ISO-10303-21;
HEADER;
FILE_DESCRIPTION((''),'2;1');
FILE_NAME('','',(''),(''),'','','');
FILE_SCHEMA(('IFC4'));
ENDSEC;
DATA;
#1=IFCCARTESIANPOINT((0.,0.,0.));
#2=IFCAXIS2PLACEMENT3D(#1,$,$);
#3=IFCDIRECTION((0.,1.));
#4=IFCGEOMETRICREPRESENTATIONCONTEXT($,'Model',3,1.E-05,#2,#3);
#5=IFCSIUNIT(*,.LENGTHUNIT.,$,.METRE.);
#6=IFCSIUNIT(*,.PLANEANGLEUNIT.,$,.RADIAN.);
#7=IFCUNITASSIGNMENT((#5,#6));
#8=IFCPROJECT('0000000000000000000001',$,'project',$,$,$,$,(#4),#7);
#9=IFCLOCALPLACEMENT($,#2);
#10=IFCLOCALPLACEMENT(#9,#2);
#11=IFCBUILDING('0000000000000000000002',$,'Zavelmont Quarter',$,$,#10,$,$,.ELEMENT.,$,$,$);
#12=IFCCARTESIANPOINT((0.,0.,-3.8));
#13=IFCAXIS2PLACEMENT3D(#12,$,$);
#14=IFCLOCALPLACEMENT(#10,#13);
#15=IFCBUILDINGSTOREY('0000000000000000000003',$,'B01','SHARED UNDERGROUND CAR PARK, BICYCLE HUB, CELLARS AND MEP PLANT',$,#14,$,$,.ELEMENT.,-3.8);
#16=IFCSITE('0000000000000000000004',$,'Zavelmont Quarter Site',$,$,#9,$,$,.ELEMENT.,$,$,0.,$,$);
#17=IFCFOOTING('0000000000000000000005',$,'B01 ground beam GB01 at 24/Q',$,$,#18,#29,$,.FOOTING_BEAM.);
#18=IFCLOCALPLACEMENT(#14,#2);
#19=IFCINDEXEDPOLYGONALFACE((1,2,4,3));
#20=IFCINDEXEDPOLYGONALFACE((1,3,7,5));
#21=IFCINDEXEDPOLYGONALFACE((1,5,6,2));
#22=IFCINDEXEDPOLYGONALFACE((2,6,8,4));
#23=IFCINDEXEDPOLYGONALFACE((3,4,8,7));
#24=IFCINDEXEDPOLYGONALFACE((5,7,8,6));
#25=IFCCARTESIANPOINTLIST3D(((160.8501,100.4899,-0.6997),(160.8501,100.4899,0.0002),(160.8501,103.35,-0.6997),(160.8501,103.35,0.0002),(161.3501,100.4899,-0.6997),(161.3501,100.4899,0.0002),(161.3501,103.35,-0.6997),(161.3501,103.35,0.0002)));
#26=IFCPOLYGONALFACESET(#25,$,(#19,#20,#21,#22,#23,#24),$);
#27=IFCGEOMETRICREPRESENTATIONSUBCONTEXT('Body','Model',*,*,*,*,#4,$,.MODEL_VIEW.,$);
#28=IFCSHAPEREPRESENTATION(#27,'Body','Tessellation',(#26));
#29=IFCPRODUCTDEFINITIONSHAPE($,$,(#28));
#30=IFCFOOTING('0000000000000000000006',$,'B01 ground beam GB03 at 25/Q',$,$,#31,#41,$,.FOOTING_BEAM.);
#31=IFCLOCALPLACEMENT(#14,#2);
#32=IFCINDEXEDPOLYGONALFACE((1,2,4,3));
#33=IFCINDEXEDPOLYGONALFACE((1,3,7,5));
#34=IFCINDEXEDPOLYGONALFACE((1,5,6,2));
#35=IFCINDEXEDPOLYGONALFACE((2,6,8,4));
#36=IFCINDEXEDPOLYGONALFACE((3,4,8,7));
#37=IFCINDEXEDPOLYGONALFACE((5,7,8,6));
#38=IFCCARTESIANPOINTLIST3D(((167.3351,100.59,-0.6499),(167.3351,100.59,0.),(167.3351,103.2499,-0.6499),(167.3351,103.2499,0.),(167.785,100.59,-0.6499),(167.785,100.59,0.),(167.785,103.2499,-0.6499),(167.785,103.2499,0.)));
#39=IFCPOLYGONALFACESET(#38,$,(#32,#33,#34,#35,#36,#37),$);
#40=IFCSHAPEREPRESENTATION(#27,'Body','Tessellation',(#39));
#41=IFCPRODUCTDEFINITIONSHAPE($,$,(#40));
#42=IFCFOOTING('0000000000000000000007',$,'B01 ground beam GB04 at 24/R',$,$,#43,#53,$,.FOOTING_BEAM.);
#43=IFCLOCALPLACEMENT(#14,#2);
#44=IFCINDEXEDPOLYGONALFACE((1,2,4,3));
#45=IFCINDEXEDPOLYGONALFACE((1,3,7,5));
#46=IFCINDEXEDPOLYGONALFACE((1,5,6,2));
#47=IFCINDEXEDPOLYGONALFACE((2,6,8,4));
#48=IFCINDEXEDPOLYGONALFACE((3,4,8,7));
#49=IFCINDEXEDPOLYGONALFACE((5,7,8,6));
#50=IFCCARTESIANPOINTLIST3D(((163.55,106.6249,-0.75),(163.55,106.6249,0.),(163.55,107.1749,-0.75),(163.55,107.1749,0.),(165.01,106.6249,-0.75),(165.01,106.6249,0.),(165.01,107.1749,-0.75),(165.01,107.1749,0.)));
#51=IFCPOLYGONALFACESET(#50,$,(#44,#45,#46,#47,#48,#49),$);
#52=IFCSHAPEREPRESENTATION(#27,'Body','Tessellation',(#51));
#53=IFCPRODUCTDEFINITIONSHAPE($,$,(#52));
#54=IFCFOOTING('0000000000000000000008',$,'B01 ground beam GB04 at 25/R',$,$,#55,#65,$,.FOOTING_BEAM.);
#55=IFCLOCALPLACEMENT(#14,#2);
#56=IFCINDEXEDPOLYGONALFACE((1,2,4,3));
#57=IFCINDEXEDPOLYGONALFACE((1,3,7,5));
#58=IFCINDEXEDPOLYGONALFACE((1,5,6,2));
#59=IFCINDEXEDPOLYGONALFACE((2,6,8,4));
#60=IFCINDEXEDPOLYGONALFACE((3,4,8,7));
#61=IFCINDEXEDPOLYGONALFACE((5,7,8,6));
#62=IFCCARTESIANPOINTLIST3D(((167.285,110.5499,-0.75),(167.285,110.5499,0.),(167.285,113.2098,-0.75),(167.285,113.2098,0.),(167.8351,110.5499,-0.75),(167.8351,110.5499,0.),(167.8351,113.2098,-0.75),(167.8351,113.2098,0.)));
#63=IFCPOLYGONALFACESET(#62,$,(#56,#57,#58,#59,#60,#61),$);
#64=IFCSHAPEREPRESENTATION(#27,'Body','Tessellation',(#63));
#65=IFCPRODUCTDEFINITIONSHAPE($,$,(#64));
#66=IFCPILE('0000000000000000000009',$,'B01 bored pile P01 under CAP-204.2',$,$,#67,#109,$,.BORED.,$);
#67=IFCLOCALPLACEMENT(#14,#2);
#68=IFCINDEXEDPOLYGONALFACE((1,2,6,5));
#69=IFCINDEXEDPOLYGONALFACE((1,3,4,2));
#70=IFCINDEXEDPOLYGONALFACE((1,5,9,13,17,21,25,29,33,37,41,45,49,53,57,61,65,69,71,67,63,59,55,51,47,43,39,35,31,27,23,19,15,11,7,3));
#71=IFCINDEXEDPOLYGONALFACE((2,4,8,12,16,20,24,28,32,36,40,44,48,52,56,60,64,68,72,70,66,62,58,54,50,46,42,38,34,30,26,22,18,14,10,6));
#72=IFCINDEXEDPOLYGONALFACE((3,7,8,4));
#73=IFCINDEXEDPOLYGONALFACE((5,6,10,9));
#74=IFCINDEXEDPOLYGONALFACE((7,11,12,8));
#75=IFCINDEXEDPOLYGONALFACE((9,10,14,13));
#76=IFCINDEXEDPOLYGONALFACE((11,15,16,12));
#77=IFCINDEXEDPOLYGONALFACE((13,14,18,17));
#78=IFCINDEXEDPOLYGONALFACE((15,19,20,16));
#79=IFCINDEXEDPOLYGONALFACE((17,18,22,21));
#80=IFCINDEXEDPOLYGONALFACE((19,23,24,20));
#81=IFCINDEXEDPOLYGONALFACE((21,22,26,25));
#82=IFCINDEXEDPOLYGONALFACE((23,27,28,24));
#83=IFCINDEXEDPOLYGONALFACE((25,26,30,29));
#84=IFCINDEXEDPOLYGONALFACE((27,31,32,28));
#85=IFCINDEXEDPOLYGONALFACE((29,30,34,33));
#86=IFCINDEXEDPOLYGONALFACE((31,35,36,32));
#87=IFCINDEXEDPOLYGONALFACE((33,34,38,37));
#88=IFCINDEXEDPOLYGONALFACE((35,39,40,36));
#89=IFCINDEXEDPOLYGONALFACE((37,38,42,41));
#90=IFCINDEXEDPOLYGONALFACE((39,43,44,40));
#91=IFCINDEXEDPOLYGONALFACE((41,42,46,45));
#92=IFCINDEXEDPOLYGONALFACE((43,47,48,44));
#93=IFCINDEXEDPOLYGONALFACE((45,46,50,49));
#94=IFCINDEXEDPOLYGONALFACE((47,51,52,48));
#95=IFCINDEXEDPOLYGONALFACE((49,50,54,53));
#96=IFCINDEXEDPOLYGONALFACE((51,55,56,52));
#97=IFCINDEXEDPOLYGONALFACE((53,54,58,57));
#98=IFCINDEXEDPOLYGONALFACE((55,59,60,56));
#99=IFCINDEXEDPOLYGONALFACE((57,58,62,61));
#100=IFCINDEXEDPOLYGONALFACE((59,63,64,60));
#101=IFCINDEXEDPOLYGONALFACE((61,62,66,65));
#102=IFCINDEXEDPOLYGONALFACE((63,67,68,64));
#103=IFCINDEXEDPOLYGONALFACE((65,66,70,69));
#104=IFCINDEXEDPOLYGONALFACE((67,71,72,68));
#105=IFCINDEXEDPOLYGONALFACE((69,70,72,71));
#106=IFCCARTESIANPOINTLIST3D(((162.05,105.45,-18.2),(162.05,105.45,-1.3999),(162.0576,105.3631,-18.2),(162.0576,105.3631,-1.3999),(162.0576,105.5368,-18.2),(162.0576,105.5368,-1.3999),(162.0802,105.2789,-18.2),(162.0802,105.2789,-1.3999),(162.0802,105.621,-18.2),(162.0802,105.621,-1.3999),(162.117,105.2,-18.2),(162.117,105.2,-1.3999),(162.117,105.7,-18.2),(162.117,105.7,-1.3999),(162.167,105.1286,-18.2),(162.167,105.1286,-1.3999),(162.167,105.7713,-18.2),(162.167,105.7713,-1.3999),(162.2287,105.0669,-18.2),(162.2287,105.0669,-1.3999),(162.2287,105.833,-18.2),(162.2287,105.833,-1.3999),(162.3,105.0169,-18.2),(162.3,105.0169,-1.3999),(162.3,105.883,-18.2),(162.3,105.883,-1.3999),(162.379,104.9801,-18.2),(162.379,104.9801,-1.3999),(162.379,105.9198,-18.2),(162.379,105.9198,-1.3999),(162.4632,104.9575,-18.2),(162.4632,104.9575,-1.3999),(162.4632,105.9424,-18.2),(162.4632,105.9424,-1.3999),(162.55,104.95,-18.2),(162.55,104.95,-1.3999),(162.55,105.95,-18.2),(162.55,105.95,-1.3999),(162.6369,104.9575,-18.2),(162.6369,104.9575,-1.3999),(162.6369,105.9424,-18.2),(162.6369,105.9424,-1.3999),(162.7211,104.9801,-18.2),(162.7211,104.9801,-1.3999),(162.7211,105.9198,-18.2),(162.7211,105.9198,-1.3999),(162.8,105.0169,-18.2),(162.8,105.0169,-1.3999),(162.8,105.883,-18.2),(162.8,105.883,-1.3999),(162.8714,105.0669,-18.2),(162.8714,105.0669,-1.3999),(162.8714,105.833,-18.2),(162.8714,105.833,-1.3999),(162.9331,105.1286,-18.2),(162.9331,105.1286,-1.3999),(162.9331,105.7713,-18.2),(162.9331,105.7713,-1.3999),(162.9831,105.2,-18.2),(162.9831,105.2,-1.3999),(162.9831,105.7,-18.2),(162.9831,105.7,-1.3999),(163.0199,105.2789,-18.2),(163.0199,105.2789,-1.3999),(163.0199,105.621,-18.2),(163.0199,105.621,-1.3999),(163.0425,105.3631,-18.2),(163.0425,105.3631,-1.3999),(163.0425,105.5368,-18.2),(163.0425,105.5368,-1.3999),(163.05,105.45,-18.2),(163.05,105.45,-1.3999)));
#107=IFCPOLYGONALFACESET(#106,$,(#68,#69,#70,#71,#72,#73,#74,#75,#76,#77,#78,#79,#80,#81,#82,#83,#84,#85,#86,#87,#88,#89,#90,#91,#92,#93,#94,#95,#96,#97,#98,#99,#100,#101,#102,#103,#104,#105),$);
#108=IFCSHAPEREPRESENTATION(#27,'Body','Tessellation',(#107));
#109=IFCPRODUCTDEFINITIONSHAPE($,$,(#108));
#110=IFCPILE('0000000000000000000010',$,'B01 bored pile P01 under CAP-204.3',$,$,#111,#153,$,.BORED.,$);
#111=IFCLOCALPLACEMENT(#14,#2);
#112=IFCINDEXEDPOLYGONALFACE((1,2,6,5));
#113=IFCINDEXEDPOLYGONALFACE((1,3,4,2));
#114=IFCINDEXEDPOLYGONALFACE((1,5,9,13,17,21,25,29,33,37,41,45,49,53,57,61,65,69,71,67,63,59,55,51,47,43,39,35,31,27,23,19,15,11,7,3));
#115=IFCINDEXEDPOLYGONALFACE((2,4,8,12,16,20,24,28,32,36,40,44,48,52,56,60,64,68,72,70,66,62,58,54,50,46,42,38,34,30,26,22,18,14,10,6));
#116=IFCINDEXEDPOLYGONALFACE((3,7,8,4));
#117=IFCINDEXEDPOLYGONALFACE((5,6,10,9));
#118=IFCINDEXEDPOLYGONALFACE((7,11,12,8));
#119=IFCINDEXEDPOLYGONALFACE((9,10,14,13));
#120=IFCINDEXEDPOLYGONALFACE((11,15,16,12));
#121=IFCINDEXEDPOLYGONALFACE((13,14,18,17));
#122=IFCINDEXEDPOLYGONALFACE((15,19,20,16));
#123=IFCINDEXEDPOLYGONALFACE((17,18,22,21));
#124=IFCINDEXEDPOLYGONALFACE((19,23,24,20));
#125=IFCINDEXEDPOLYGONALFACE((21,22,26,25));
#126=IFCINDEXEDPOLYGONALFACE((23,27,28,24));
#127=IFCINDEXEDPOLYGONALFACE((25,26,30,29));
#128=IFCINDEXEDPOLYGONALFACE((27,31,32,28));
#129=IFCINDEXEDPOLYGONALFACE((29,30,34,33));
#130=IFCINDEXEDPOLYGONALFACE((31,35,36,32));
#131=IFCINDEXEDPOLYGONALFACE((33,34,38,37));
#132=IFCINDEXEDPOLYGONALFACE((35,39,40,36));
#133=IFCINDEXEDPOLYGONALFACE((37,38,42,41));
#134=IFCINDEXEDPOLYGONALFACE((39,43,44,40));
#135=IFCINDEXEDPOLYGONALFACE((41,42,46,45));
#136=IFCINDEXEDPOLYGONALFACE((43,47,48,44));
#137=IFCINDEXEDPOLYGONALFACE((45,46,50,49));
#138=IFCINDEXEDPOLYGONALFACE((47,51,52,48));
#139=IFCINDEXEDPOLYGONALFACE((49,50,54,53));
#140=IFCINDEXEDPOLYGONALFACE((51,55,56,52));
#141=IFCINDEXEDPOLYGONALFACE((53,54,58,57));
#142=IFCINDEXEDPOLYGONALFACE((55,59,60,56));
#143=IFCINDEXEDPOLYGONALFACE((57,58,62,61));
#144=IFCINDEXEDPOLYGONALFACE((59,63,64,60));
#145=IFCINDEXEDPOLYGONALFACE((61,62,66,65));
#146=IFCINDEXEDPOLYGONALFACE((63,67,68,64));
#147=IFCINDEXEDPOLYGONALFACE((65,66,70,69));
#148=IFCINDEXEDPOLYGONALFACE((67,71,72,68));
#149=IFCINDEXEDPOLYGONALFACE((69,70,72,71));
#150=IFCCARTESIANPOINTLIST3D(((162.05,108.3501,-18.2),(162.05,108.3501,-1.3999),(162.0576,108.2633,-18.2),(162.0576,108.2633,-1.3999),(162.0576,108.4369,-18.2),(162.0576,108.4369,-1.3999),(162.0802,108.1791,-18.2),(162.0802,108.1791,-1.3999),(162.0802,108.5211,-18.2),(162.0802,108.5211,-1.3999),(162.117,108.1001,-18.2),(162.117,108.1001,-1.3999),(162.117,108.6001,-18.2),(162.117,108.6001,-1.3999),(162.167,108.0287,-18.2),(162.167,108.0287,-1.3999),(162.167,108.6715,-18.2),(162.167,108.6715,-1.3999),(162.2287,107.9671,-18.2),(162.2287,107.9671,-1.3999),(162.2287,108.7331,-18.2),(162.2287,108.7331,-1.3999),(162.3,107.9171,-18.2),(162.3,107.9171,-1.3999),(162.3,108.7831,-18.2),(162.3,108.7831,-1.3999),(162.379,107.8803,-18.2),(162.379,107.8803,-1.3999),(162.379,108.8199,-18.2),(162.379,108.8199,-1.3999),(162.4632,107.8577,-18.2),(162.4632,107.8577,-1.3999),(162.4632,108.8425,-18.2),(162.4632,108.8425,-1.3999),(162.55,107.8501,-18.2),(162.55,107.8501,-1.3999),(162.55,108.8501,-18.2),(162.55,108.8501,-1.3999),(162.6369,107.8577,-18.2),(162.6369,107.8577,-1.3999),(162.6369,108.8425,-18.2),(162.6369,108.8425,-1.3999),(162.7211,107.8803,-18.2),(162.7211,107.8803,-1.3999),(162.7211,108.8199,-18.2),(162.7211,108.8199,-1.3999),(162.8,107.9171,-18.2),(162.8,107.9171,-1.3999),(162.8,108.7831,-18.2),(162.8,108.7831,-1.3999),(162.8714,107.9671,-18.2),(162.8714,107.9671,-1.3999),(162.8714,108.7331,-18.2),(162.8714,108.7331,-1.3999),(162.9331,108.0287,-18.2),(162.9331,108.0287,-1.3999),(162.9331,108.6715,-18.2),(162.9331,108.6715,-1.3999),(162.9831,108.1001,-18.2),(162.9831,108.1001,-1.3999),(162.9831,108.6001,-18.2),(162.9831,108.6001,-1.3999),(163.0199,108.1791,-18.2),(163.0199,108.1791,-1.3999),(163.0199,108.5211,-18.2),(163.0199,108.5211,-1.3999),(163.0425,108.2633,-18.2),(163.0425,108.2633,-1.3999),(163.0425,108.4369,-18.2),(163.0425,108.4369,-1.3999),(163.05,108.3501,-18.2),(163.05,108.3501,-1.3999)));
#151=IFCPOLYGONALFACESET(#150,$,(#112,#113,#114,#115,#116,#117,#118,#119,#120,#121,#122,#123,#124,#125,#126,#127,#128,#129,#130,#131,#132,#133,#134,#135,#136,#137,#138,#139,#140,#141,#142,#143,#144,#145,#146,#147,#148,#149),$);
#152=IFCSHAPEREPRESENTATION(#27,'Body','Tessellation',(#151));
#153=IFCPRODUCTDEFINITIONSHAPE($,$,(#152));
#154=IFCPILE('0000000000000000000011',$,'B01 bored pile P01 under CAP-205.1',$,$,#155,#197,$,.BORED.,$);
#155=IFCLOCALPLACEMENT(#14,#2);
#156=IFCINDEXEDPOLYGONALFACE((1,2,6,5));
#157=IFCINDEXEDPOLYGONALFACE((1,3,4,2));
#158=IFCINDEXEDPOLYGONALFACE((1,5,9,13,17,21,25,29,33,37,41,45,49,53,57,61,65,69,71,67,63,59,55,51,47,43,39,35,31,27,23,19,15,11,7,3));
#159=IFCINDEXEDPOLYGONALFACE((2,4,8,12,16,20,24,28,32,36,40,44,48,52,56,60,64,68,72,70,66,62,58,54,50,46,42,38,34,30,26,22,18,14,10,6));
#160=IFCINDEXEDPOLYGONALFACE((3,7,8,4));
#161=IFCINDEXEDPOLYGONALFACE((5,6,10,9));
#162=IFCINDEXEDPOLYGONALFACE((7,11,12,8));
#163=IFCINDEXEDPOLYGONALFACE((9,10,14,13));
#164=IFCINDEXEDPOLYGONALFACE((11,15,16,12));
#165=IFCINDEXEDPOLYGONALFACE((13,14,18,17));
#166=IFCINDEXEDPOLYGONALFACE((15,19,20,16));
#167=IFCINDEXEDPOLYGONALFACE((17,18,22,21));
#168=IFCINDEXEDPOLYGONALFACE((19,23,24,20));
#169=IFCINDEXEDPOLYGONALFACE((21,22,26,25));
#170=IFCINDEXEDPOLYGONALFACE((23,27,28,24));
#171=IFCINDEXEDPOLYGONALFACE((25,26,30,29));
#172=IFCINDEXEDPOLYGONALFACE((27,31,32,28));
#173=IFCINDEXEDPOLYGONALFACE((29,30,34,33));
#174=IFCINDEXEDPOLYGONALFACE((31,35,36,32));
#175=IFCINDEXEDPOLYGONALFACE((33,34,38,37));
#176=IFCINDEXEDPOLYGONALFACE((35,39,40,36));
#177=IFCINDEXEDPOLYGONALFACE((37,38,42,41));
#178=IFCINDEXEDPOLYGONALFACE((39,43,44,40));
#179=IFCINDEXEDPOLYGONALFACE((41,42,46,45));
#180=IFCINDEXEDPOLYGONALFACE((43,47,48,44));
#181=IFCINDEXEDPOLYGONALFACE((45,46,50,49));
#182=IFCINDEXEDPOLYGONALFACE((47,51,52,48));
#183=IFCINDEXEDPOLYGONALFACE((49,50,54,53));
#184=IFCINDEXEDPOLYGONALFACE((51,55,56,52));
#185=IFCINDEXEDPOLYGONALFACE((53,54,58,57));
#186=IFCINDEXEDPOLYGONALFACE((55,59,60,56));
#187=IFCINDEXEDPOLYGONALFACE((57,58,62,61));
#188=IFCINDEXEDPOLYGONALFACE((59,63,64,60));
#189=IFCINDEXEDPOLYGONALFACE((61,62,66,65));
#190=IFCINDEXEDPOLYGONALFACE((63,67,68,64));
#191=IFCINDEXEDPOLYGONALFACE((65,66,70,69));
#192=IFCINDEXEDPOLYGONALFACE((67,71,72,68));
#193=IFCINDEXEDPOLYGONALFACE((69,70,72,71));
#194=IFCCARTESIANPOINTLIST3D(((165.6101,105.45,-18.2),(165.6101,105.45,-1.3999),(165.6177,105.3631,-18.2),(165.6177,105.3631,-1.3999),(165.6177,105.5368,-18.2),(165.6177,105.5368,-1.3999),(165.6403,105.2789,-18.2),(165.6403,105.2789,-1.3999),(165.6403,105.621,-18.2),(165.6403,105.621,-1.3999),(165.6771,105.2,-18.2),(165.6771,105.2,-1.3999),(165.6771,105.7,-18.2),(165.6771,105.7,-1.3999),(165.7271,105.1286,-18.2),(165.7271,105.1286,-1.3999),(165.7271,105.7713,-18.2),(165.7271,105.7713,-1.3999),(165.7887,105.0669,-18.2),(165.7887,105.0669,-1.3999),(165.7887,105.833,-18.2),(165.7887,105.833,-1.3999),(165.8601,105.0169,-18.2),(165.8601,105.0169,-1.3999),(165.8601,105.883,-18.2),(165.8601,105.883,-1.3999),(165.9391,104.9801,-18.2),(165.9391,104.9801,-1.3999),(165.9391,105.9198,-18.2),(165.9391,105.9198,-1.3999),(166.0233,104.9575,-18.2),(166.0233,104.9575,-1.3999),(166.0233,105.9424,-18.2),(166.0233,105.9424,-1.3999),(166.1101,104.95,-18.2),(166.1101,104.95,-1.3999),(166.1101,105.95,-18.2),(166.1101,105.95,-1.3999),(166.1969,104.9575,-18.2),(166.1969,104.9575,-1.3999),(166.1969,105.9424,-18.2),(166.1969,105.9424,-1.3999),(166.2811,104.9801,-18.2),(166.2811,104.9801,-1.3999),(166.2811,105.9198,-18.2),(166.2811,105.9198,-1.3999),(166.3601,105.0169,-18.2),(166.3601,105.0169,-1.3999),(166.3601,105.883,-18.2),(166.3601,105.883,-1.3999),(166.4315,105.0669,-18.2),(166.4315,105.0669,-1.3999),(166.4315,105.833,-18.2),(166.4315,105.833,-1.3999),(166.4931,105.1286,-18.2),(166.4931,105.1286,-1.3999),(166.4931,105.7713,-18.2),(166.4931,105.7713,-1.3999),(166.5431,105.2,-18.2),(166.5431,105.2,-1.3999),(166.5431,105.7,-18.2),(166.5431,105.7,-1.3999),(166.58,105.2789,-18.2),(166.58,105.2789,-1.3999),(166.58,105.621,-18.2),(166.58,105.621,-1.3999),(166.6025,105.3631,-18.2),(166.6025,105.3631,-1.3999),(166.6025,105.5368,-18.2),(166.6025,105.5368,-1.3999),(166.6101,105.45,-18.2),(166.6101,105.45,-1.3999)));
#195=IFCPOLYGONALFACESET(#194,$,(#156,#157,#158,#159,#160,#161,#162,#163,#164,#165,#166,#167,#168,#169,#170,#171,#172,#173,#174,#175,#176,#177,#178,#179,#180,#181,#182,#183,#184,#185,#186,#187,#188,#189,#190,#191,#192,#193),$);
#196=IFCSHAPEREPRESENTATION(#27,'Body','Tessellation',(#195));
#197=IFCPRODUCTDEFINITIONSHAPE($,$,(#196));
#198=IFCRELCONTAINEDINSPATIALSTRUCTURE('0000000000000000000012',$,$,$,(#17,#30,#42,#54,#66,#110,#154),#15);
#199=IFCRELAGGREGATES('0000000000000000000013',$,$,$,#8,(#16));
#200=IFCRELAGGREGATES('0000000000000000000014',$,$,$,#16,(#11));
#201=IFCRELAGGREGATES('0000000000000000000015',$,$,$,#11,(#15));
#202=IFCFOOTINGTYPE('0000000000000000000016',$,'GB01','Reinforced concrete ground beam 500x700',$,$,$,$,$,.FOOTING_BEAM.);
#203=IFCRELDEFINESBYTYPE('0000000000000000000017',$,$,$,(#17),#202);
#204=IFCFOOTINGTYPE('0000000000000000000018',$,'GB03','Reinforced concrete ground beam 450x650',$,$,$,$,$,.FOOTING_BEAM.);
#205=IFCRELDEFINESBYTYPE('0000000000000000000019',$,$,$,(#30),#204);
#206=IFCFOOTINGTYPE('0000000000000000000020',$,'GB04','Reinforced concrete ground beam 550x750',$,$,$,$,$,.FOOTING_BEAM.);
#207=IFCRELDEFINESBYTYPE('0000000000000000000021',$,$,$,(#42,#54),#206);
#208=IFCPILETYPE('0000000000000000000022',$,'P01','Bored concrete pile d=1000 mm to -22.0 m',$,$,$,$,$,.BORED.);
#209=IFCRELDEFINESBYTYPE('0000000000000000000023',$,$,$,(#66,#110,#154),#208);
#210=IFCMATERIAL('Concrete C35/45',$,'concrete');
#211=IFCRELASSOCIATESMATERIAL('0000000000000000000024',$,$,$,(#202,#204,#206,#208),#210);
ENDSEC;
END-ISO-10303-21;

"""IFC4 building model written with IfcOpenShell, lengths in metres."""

from ifc_helpers import new_model, si_unit, direction, frame, origin, origin_2d, place, context, subcontext, project, spatial, rectangle, circle, extrude, material, material_profile, profile_set, type_object, element, save


model = new_model("IFC4")

# Units and contexts
model_context = context("Model", 3, precision=1e-05, world=origin(), true_north=direction((0.0, 1.0)))
body_context = subcontext(model_context, "Body", "Model", "MODEL_VIEW")
ifc_project = project(units=[si_unit("LENGTHUNIT", "METRE"), si_unit("PLANEANGLEUNIT", "RADIAN")], contexts=[model_context])

# Site, building, storey
site_placement = place(None, origin())
site = spatial("IfcSite", under=ifc_project, at=site_placement, Name="Zavelmont Quarter Site", CompositionType="ELEMENT", RefElevation=0.0)
building_placement = place(site_placement, origin())
building = spatial("IfcBuilding", under=site, at=building_placement, Name="Zavelmont Quarter", CompositionType="ELEMENT")
storey_placement = place(building_placement, frame((0.0, 0.0, -3.8)))
storey = spatial("IfcBuildingStorey", under=building, at=storey_placement, Name="B01", Description="SHARED UNDERGROUND CAR PARK, BICYCLE HUB, CELLARS AND MEP PLANT", CompositionType="ELEMENT", Elevation=-3.8)

# Footings
ifc_material_1 = material(Name="Concrete C35/45", Category="concrete")
footing_type_1 = type_object("IfcFootingType", Name="GB01", Description="Reinforced concrete ground beam 500x700", PredefinedType="FOOTING_BEAM", material=ifc_material_1)
footing_1_placement = place(storey_placement, frame((161.1001, 101.9199, -0.6997), z_axis=(0.0, 0.0, 1.0), x_axis=(0.0, 1.0, 0.0)))
element("IfcFooting", 1, at=footing_1_placement, inside=storey, type_object=footing_type_1, Name="B01 ground beam GB01 at 24/Q", PredefinedType="FOOTING_BEAM", context=body_context, shape_type="SweptSolid", body=[
    extrude(rectangle(XDim=2.8601, YDim=0.5, at=origin_2d()), origin(), (0.0, 0.0, 1.0), 0.7),
])
footing_type_2 = type_object("IfcFootingType", Name="GB03", Description="Reinforced concrete ground beam 450x650", PredefinedType="FOOTING_BEAM", material=ifc_material_1)
footing_2_placement = place(storey_placement, frame((167.5601, 101.9199, -0.6499), z_axis=(0.0, 0.0, 1.0), x_axis=(0.0, 1.0, 0.0)))
element("IfcFooting", 2, at=footing_2_placement, inside=storey, type_object=footing_type_2, Name="B01 ground beam GB03 at 25/Q", PredefinedType="FOOTING_BEAM", context=body_context, shape_type="SweptSolid", body=[
    extrude(rectangle(XDim=2.6599, YDim=0.45, at=origin_2d()), origin(), (0.0, 0.0, 1.0), 0.6499),
])
footing_type_3 = type_object("IfcFootingType", Name="GB04", Description="Reinforced concrete ground beam 550x750", PredefinedType="FOOTING_BEAM", material=ifc_material_1)
footing_3_placement = place(storey_placement, frame((164.28, 106.8999, -0.75), z_axis=(0.0, 0.0, 1.0), x_axis=(1.0, 0.0, 0.0)))
element("IfcFooting", 3, at=footing_3_placement, inside=storey, type_object=footing_type_3, Name="B01 ground beam GB04 at 24/R", PredefinedType="FOOTING_BEAM", context=body_context, shape_type="SweptSolid", body=[
    extrude(rectangle(XDim=1.46, YDim=0.55, at=origin_2d()), origin(), (0.0, 0.0, 1.0), 0.75),
])
footing_4_placement = place(storey_placement, frame((167.5601, 111.8799, -0.75), z_axis=(0.0, 0.0, 1.0), x_axis=(0.0, 1.0, 0.0)))
element("IfcFooting", 4, at=footing_4_placement, inside=storey, type_object=footing_type_3, Name="B01 ground beam GB04 at 25/R", PredefinedType="FOOTING_BEAM", context=body_context, shape_type="SweptSolid", body=[
    extrude(rectangle(XDim=2.6599, YDim=0.55, at=origin_2d()), origin(), (0.0, 0.0, 1.0), 0.75),
])

# Piles
ifc_material_profile_1 = material_profile(ifc_material_1, circle(Radius=0.5, at=origin_2d()), Name="BP1000")
ifc_profile_set_1 = profile_set([ifc_material_profile_1], Name="Concrete C35/45")
pile_type_1 = type_object("IfcPileType", Name="P01", Description="Bored concrete pile d=1000 mm to -22.0 m", PredefinedType="BORED", material=ifc_profile_set_1)
for number, where, z_axis, x_axis, name in (
    (5, (162.55, 105.45, -1.3999), (0.0, 0.0, -1.0), (1.0, 0.0, 0.0), "B01 bored pile P01 under CAP-204.2"),
    (6, (162.55, 108.3501, -1.3999), (0.0, 0.0, -1.0), (1.0, 0.0, 0.0), "B01 bored pile P01 under CAP-204.3"),
    (7, (166.1101, 105.45, -1.3999), (0.0, 0.0, -1.0), (1.0, 0.0, 0.0), "B01 bored pile P01 under CAP-205.1"),
):
    element("IfcPile", number, at=place(storey_placement, frame(where, z_axis=z_axis, x_axis=x_axis)), inside=storey, type_object=pile_type_1, Name=name, PredefinedType="BORED", context=body_context, shape_type="SweptSolid", body=[
        extrude(circle(Radius=0.5, at=origin_2d()), origin(), (0.0, 0.0, 1.0), 16.8),
    ])

save(model, "model.ifc")
